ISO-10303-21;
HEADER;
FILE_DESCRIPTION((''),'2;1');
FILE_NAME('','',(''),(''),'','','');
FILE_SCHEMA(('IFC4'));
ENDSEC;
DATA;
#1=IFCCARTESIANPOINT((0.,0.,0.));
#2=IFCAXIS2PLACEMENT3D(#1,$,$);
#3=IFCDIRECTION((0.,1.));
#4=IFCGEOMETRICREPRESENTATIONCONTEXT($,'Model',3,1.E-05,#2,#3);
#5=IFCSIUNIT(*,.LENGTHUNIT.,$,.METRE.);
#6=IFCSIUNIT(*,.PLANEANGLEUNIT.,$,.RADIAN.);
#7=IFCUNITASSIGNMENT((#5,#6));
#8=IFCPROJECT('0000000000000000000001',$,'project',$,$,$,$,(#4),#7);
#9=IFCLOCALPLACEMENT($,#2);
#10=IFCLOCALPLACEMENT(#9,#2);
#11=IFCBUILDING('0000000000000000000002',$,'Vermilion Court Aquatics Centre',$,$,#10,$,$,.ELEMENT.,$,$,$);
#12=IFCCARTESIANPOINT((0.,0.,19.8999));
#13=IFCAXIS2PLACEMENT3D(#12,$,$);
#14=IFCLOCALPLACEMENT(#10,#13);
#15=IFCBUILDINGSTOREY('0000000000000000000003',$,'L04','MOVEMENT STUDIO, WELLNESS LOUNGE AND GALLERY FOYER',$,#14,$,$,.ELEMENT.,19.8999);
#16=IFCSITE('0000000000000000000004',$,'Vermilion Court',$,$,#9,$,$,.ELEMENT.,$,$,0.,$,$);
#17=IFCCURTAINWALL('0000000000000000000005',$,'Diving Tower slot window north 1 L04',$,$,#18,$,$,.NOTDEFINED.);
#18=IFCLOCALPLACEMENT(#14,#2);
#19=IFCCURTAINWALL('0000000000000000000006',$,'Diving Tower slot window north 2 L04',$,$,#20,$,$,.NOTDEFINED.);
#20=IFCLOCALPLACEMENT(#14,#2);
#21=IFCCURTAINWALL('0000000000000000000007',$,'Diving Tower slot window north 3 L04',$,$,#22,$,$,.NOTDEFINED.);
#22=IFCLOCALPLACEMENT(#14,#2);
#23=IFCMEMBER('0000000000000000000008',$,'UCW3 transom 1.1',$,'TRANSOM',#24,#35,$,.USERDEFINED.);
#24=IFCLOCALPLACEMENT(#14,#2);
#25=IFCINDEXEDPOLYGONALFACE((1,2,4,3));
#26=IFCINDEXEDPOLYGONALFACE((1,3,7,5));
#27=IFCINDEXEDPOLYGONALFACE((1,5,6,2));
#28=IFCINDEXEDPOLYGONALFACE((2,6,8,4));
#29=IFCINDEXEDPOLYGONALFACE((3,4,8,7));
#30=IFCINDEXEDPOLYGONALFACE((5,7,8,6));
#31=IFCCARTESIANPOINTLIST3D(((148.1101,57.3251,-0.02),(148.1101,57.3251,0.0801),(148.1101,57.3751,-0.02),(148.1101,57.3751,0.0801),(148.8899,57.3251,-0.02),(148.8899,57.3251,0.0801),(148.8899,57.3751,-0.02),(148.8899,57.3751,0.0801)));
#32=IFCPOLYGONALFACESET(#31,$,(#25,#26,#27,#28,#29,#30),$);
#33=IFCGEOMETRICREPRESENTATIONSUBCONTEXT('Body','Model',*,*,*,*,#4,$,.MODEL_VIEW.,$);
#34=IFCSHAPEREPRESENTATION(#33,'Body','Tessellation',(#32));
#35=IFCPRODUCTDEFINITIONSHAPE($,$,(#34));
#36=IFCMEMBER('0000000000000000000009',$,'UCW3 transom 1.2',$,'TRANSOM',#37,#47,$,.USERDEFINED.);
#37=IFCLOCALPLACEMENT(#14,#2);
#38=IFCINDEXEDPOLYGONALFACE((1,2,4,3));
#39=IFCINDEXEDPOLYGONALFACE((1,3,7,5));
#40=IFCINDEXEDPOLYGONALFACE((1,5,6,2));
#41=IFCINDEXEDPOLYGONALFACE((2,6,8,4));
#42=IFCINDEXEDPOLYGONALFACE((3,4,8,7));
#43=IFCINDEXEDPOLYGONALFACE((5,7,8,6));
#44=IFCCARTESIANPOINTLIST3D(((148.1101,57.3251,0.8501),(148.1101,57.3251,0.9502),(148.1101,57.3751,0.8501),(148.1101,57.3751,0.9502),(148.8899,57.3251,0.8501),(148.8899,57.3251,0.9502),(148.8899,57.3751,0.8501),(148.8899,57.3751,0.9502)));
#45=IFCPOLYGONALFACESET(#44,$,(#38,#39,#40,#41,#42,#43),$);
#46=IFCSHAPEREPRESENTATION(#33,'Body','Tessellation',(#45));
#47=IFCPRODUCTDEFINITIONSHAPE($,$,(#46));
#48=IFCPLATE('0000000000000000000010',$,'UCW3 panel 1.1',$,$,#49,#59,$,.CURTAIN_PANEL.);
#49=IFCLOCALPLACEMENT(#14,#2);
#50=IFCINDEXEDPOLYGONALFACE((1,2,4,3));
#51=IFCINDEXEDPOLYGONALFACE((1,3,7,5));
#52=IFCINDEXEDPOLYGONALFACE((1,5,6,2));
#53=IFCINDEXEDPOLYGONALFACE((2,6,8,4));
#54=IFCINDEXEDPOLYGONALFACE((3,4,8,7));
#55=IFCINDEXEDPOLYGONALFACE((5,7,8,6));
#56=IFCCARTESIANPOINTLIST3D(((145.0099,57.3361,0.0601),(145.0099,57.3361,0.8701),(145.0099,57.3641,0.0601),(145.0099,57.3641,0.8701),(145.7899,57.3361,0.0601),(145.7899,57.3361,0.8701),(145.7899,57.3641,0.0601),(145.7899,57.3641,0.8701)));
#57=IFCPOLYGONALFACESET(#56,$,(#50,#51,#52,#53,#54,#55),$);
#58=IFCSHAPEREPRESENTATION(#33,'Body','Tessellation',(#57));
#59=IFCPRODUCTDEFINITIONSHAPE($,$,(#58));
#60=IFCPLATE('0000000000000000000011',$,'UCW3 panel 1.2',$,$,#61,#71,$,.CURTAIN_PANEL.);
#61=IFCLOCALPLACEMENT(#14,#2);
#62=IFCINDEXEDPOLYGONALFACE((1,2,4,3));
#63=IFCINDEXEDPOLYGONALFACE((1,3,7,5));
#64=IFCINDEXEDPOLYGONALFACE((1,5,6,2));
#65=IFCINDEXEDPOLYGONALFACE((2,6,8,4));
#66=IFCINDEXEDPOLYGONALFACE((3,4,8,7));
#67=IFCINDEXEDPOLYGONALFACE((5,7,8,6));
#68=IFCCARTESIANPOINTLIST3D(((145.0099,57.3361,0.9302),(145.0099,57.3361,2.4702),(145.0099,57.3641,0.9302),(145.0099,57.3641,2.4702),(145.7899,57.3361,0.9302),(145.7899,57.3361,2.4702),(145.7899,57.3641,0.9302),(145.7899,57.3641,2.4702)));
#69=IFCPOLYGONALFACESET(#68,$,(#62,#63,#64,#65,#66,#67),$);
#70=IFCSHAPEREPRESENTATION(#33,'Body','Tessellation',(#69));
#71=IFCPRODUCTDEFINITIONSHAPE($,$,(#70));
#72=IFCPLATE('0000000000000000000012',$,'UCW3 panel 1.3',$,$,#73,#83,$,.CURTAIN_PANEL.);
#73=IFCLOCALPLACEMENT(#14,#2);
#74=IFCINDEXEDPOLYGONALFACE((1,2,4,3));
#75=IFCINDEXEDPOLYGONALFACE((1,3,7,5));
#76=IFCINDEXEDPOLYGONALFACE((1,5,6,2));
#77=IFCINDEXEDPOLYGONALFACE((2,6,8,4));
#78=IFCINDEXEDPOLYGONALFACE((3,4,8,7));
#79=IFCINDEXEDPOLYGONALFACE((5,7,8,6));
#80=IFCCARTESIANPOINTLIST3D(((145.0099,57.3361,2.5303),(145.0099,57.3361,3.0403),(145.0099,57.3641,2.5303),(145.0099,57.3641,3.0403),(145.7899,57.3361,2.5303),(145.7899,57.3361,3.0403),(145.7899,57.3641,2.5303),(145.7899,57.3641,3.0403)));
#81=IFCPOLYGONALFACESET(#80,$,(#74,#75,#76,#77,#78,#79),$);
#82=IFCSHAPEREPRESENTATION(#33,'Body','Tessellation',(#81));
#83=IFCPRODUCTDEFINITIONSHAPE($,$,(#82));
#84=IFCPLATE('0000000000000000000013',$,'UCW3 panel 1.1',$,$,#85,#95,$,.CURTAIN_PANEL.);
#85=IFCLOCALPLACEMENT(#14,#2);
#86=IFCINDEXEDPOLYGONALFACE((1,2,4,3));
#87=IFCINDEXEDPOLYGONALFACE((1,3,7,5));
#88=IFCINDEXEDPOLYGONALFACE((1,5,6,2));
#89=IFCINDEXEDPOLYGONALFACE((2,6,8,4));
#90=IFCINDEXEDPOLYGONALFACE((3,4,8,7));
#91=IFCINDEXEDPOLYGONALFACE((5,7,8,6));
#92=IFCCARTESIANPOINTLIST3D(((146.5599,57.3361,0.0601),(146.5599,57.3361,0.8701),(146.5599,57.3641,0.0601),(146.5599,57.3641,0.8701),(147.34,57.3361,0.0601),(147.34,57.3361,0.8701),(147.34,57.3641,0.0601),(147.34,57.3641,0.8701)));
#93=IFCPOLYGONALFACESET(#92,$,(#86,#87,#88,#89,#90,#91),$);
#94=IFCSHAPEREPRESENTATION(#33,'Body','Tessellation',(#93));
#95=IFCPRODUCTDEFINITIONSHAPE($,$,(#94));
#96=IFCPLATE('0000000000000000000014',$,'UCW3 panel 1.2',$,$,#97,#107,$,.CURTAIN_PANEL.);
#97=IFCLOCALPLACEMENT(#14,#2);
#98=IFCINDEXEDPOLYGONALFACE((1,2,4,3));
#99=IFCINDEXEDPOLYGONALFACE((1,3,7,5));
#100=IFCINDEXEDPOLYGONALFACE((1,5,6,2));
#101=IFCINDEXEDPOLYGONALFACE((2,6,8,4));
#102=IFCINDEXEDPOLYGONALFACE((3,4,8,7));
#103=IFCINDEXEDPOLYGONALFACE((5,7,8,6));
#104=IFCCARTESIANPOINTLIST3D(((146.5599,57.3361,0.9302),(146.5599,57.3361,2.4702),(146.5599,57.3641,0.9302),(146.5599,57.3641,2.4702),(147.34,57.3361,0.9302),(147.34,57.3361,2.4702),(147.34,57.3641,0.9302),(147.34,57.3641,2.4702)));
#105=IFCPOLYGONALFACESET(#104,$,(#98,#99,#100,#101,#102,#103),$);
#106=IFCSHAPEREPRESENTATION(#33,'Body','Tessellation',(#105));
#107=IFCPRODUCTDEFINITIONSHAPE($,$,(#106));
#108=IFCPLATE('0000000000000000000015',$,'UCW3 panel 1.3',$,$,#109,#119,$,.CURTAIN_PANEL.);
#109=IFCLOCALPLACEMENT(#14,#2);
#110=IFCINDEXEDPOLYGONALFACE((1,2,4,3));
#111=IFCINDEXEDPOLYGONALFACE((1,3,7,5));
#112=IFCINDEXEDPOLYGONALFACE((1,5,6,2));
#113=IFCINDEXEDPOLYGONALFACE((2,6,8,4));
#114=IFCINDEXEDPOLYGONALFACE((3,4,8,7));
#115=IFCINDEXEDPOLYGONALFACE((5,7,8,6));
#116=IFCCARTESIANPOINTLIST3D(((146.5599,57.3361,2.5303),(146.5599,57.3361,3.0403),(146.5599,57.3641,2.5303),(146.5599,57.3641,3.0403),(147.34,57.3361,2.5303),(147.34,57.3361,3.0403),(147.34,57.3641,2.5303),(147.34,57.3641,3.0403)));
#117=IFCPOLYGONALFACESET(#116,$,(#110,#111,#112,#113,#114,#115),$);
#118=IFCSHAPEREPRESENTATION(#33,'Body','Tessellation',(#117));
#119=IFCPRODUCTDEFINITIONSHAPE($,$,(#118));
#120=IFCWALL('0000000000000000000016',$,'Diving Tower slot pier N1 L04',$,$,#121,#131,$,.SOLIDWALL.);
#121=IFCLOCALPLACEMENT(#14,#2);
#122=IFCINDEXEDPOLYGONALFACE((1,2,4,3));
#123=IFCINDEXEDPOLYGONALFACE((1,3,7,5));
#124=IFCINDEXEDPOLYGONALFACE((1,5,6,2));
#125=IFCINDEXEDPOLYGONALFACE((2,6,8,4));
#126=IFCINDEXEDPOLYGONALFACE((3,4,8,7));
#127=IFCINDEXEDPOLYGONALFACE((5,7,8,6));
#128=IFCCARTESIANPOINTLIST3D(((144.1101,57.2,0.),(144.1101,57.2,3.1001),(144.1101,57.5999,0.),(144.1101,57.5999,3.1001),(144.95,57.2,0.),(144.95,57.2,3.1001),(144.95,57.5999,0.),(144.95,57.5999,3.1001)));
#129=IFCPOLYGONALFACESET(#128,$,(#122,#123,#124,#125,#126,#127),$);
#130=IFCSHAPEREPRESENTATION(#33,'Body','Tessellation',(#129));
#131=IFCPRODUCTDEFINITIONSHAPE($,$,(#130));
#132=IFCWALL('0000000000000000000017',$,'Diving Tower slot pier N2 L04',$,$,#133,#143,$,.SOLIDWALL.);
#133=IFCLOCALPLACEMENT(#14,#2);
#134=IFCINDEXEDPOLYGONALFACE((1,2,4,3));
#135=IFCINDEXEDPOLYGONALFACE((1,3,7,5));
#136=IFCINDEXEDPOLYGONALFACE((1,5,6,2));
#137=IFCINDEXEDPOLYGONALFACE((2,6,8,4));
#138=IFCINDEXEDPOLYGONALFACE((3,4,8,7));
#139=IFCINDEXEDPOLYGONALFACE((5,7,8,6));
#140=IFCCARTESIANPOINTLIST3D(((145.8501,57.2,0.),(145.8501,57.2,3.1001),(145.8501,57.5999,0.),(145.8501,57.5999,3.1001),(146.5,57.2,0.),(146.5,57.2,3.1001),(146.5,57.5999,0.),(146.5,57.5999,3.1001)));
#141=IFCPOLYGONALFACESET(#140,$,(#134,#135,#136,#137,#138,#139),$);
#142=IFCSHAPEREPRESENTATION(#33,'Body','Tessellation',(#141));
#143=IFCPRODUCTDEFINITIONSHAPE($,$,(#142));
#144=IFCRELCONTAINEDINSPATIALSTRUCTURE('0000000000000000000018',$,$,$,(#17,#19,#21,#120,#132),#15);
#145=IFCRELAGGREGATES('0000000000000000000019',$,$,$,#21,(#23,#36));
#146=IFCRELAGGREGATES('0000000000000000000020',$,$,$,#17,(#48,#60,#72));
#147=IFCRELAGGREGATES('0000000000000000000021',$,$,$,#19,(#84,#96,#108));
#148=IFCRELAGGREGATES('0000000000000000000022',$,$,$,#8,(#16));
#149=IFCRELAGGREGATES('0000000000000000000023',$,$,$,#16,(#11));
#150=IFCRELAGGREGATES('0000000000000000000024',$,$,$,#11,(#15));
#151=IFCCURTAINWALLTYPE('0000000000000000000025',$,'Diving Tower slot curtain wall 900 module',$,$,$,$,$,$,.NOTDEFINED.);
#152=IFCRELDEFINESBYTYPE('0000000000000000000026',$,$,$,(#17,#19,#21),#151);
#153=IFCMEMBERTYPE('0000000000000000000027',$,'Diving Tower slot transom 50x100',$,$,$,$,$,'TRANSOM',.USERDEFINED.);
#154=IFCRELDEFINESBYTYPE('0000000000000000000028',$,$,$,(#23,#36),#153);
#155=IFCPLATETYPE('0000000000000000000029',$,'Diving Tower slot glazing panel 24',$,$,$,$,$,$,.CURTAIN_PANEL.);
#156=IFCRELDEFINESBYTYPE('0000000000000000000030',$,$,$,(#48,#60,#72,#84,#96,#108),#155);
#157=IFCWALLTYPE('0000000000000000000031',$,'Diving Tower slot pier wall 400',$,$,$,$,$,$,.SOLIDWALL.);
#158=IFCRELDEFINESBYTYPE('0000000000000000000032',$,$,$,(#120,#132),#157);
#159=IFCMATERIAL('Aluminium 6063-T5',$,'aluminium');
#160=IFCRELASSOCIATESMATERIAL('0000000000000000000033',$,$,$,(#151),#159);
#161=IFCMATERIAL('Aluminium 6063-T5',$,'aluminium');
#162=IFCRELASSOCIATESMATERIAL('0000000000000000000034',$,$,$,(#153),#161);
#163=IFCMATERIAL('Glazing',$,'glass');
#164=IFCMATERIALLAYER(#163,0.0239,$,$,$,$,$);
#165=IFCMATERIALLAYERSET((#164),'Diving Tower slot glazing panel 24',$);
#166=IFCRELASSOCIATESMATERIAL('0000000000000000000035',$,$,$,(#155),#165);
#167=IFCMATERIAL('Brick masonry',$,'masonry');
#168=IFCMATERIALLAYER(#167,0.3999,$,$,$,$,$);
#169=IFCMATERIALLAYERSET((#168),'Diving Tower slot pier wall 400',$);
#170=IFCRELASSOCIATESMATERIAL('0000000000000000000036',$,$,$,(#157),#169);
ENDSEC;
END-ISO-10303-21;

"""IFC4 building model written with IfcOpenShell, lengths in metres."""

from ifc_helpers import new_model, si_unit, direction, frame, frame_2d, origin, origin_2d, place, context, subcontext, project, spatial, rectangle, extrude, material, layer, layer_set, material_profile, profile_set, type_object, element, aggregate, save


model = new_model("IFC4")

# Units and contexts
model_context = context("Model", 3, precision=1e-05, world=origin(), true_north=direction((0.0, 1.0)))
body_context = subcontext(model_context, "Body", "Model", "MODEL_VIEW")
ifc_project = project(units=[si_unit("LENGTHUNIT", "METRE"), si_unit("PLANEANGLEUNIT", "RADIAN")], contexts=[model_context])

# Site, building, storey
site_placement = place(None, origin())
site = spatial("IfcSite", under=ifc_project, at=site_placement, Name="Vermilion Court", CompositionType="ELEMENT", RefElevation=0.0)
building_placement = place(site_placement, origin())
building = spatial("IfcBuilding", under=site, at=building_placement, Name="Vermilion Court Aquatics Centre", CompositionType="ELEMENT")
storey_placement = place(building_placement, frame((0.0, 0.0, 19.8999)))
storey = spatial("IfcBuildingStorey", under=building, at=storey_placement, Name="L04", Description="MOVEMENT STUDIO, WELLNESS LOUNGE AND GALLERY FOYER", CompositionType="ELEMENT", Elevation=19.8999)

# Curtain walls
ifc_material_1 = material(Name="Aluminium 6063-T5", Category="aluminium")
curtain_wall_type = type_object("IfcCurtainWallType", Name="Diving Tower slot curtain wall 900 module", PredefinedType="NOTDEFINED", material=ifc_material_1)
curtain_wall_1_placement = place(storey_placement, origin())
curtain_wall_1 = element("IfcCurtainWall", 1, at=curtain_wall_1_placement, inside=storey, type_object=curtain_wall_type, Name="Diving Tower slot window north 1 L04", PredefinedType="NOTDEFINED")
curtain_wall_2_placement = place(storey_placement, origin())
curtain_wall_2 = element("IfcCurtainWall", 2, at=curtain_wall_2_placement, inside=storey, type_object=curtain_wall_type, Name="Diving Tower slot window north 2 L04", PredefinedType="NOTDEFINED")

# Curtain wall
curtain_wall_3_placement = place(storey_placement, origin())
curtain_wall_3 = element("IfcCurtainWall", 3, at=curtain_wall_3_placement, inside=storey, type_object=curtain_wall_type, Name="Diving Tower slot window north 3 L04", PredefinedType="NOTDEFINED")

# Members
ifc_material_2 = material(Name="Aluminium 6063-T5", Category="aluminium")
ifc_material_profile_1 = material_profile(ifc_material_2, rectangle(XDim=0.05, YDim=0.1001, at=origin_2d()), Name="AL 50x100")
ifc_profile_set_1 = profile_set([ifc_material_profile_1], Name="Aluminium 6063-T5")
member_type_1 = type_object("IfcMemberType", Name="Diving Tower slot transom 50x100", ElementType="TRANSOM", PredefinedType="USERDEFINED", material=ifc_profile_set_1)
member_1_placement = place(storey_placement, frame((148.1101, 57.3501, 0.03), z_axis=(1.0, 0.0, 0.0), x_axis=(0.0, 1.0, 0.0)))
member_1 = element("IfcMember", 4, at=member_1_placement, type_object=member_type_1, Name="UCW3 transom 1.1", ObjectType="TRANSOM", PredefinedType="USERDEFINED", context=body_context, shape_type="SweptSolid", body=[
    extrude(rectangle(XDim=0.05, YDim=0.1001, at=origin_2d()), origin(), (0.0, 0.0, 1.0), 0.7798),
])
member_2_placement = place(storey_placement, frame((148.1101, 57.3501, 0.9001), z_axis=(1.0, 0.0, 0.0), x_axis=(0.0, 1.0, 0.0)))
member_2 = element("IfcMember", 5, at=member_2_placement, type_object=member_type_1, Name="UCW3 transom 1.2", ObjectType="TRANSOM", PredefinedType="USERDEFINED", context=body_context, shape_type="SweptSolid", body=[
    extrude(rectangle(XDim=0.05, YDim=0.1001, at=origin_2d()), origin(), (0.0, 0.0, 1.0), 0.7798),
])
aggregate(curtain_wall_3, [member_1, member_2])

# Plates
ifc_material_3 = material(Name="Glazing", Category="glass")
ifc_layer_1 = layer(ifc_material_3, 0.0239)
ifc_layer_set_1 = layer_set([ifc_layer_1], Name="Diving Tower slot glazing panel 24")
plate_type = type_object("IfcPlateType", Name="Diving Tower slot glazing panel 24", PredefinedType="CURTAIN_PANEL", material=ifc_layer_set_1)
plate_1_placement = place(storey_placement, frame((145.3999, 57.3501, 0.0601), z_axis=(0.0, 0.0, 1.0), x_axis=(1.0, 0.0, 0.0)))
plate_1 = element("IfcPlate", 6, at=plate_1_placement, type_object=plate_type, Name="UCW3 panel 1.1", PredefinedType="CURTAIN_PANEL", context=body_context, shape_type="SweptSolid", body=[
    extrude(rectangle(XDim=0.78, YDim=0.0281, at=origin_2d()), origin(), (0.0, 0.0, 1.0), 0.8101),
])
plate_2_placement = place(storey_placement, frame((145.3999, 57.3501, 0.9302), z_axis=(0.0, 0.0, 1.0), x_axis=(1.0, 0.0, 0.0)))
plate_2 = element("IfcPlate", 7, at=plate_2_placement, type_object=plate_type, Name="UCW3 panel 1.2", PredefinedType="CURTAIN_PANEL", context=body_context, shape_type="SweptSolid", body=[
    extrude(rectangle(XDim=0.78, YDim=0.0281, at=origin_2d()), origin(), (0.0, 0.0, 1.0), 1.54),
])
plate_3_placement = place(storey_placement, frame((145.3999, 57.3501, 2.5303), z_axis=(0.0, 0.0, 1.0), x_axis=(1.0, 0.0, 0.0)))
plate_3 = element("IfcPlate", 8, at=plate_3_placement, type_object=plate_type, Name="UCW3 panel 1.3", PredefinedType="CURTAIN_PANEL", context=body_context, shape_type="SweptSolid", body=[
    extrude(rectangle(XDim=0.78, YDim=0.0281, at=origin_2d()), origin(), (0.0, 0.0, 1.0), 0.51),
])
aggregate(curtain_wall_1, [plate_1, plate_2, plate_3])
plate_4_placement = place(storey_placement, frame((146.95, 57.3501, 0.0601), z_axis=(0.0, 0.0, 1.0), x_axis=(1.0, 0.0, 0.0)))
plate_4 = element("IfcPlate", 9, at=plate_4_placement, type_object=plate_type, Name="UCW3 panel 1.1", PredefinedType="CURTAIN_PANEL", context=body_context, shape_type="SweptSolid", body=[
    extrude(rectangle(XDim=0.78, YDim=0.0281, at=origin_2d()), origin(), (0.0, 0.0, 1.0), 0.8101),
])
plate_5_placement = place(storey_placement, frame((146.95, 57.3501, 0.9302), z_axis=(0.0, 0.0, 1.0), x_axis=(1.0, 0.0, 0.0)))
plate_5 = element("IfcPlate", 10, at=plate_5_placement, type_object=plate_type, Name="UCW3 panel 1.2", PredefinedType="CURTAIN_PANEL", context=body_context, shape_type="SweptSolid", body=[
    extrude(rectangle(XDim=0.78, YDim=0.0281, at=origin_2d()), origin(), (0.0, 0.0, 1.0), 1.54),
])
plate_6_placement = place(storey_placement, frame((146.95, 57.3501, 2.5303), z_axis=(0.0, 0.0, 1.0), x_axis=(1.0, 0.0, 0.0)))
plate_6 = element("IfcPlate", 11, at=plate_6_placement, type_object=plate_type, Name="UCW3 panel 1.3", PredefinedType="CURTAIN_PANEL", context=body_context, shape_type="SweptSolid", body=[
    extrude(rectangle(XDim=0.78, YDim=0.0281, at=origin_2d()), origin(), (0.0, 0.0, 1.0), 0.51),
])
aggregate(curtain_wall_2, [plate_4, plate_5, plate_6])

# Walls
ifc_material_4 = material(Name="Brick masonry", Category="masonry")
ifc_layer_2 = layer(ifc_material_4, 0.3999)
ifc_layer_set_2 = layer_set([ifc_layer_2], Name="Diving Tower slot pier wall 400")
wall_type = type_object("IfcWallType", Name="Diving Tower slot pier wall 400", PredefinedType="SOLIDWALL", material=ifc_layer_set_2)
wall_1_placement = place(storey_placement, frame((144.1101, 57.3999, 0.0), z_axis=(0.0, 0.0, 1.0), x_axis=(1.0, 0.0, 0.0)))
element("IfcWall", 12, at=wall_1_placement, inside=storey, type_object=wall_type, Name="Diving Tower slot pier N1 L04", PredefinedType="SOLIDWALL", context=body_context, shape_type="SweptSolid", body=[
    extrude(rectangle(XDim=0.8398, YDim=0.3999, at=frame_2d((0.4199, 0.0))), origin(), (0.0, 0.0, 1.0), 3.1001),
])
wall_2_placement = place(storey_placement, frame((145.8501, 57.3999, 0.0), z_axis=(0.0, 0.0, 1.0), x_axis=(1.0, 0.0, 0.0)))
element("IfcWall", 13, at=wall_2_placement, inside=storey, type_object=wall_type, Name="Diving Tower slot pier N2 L04", PredefinedType="SOLIDWALL", context=body_context, shape_type="SweptSolid", body=[
    extrude(rectangle(XDim=0.6499, YDim=0.3999, at=frame_2d((0.325, 0.0))), origin(), (0.0, 0.0, 1.0), 3.1001),
])

save(model, "model.ifc")
